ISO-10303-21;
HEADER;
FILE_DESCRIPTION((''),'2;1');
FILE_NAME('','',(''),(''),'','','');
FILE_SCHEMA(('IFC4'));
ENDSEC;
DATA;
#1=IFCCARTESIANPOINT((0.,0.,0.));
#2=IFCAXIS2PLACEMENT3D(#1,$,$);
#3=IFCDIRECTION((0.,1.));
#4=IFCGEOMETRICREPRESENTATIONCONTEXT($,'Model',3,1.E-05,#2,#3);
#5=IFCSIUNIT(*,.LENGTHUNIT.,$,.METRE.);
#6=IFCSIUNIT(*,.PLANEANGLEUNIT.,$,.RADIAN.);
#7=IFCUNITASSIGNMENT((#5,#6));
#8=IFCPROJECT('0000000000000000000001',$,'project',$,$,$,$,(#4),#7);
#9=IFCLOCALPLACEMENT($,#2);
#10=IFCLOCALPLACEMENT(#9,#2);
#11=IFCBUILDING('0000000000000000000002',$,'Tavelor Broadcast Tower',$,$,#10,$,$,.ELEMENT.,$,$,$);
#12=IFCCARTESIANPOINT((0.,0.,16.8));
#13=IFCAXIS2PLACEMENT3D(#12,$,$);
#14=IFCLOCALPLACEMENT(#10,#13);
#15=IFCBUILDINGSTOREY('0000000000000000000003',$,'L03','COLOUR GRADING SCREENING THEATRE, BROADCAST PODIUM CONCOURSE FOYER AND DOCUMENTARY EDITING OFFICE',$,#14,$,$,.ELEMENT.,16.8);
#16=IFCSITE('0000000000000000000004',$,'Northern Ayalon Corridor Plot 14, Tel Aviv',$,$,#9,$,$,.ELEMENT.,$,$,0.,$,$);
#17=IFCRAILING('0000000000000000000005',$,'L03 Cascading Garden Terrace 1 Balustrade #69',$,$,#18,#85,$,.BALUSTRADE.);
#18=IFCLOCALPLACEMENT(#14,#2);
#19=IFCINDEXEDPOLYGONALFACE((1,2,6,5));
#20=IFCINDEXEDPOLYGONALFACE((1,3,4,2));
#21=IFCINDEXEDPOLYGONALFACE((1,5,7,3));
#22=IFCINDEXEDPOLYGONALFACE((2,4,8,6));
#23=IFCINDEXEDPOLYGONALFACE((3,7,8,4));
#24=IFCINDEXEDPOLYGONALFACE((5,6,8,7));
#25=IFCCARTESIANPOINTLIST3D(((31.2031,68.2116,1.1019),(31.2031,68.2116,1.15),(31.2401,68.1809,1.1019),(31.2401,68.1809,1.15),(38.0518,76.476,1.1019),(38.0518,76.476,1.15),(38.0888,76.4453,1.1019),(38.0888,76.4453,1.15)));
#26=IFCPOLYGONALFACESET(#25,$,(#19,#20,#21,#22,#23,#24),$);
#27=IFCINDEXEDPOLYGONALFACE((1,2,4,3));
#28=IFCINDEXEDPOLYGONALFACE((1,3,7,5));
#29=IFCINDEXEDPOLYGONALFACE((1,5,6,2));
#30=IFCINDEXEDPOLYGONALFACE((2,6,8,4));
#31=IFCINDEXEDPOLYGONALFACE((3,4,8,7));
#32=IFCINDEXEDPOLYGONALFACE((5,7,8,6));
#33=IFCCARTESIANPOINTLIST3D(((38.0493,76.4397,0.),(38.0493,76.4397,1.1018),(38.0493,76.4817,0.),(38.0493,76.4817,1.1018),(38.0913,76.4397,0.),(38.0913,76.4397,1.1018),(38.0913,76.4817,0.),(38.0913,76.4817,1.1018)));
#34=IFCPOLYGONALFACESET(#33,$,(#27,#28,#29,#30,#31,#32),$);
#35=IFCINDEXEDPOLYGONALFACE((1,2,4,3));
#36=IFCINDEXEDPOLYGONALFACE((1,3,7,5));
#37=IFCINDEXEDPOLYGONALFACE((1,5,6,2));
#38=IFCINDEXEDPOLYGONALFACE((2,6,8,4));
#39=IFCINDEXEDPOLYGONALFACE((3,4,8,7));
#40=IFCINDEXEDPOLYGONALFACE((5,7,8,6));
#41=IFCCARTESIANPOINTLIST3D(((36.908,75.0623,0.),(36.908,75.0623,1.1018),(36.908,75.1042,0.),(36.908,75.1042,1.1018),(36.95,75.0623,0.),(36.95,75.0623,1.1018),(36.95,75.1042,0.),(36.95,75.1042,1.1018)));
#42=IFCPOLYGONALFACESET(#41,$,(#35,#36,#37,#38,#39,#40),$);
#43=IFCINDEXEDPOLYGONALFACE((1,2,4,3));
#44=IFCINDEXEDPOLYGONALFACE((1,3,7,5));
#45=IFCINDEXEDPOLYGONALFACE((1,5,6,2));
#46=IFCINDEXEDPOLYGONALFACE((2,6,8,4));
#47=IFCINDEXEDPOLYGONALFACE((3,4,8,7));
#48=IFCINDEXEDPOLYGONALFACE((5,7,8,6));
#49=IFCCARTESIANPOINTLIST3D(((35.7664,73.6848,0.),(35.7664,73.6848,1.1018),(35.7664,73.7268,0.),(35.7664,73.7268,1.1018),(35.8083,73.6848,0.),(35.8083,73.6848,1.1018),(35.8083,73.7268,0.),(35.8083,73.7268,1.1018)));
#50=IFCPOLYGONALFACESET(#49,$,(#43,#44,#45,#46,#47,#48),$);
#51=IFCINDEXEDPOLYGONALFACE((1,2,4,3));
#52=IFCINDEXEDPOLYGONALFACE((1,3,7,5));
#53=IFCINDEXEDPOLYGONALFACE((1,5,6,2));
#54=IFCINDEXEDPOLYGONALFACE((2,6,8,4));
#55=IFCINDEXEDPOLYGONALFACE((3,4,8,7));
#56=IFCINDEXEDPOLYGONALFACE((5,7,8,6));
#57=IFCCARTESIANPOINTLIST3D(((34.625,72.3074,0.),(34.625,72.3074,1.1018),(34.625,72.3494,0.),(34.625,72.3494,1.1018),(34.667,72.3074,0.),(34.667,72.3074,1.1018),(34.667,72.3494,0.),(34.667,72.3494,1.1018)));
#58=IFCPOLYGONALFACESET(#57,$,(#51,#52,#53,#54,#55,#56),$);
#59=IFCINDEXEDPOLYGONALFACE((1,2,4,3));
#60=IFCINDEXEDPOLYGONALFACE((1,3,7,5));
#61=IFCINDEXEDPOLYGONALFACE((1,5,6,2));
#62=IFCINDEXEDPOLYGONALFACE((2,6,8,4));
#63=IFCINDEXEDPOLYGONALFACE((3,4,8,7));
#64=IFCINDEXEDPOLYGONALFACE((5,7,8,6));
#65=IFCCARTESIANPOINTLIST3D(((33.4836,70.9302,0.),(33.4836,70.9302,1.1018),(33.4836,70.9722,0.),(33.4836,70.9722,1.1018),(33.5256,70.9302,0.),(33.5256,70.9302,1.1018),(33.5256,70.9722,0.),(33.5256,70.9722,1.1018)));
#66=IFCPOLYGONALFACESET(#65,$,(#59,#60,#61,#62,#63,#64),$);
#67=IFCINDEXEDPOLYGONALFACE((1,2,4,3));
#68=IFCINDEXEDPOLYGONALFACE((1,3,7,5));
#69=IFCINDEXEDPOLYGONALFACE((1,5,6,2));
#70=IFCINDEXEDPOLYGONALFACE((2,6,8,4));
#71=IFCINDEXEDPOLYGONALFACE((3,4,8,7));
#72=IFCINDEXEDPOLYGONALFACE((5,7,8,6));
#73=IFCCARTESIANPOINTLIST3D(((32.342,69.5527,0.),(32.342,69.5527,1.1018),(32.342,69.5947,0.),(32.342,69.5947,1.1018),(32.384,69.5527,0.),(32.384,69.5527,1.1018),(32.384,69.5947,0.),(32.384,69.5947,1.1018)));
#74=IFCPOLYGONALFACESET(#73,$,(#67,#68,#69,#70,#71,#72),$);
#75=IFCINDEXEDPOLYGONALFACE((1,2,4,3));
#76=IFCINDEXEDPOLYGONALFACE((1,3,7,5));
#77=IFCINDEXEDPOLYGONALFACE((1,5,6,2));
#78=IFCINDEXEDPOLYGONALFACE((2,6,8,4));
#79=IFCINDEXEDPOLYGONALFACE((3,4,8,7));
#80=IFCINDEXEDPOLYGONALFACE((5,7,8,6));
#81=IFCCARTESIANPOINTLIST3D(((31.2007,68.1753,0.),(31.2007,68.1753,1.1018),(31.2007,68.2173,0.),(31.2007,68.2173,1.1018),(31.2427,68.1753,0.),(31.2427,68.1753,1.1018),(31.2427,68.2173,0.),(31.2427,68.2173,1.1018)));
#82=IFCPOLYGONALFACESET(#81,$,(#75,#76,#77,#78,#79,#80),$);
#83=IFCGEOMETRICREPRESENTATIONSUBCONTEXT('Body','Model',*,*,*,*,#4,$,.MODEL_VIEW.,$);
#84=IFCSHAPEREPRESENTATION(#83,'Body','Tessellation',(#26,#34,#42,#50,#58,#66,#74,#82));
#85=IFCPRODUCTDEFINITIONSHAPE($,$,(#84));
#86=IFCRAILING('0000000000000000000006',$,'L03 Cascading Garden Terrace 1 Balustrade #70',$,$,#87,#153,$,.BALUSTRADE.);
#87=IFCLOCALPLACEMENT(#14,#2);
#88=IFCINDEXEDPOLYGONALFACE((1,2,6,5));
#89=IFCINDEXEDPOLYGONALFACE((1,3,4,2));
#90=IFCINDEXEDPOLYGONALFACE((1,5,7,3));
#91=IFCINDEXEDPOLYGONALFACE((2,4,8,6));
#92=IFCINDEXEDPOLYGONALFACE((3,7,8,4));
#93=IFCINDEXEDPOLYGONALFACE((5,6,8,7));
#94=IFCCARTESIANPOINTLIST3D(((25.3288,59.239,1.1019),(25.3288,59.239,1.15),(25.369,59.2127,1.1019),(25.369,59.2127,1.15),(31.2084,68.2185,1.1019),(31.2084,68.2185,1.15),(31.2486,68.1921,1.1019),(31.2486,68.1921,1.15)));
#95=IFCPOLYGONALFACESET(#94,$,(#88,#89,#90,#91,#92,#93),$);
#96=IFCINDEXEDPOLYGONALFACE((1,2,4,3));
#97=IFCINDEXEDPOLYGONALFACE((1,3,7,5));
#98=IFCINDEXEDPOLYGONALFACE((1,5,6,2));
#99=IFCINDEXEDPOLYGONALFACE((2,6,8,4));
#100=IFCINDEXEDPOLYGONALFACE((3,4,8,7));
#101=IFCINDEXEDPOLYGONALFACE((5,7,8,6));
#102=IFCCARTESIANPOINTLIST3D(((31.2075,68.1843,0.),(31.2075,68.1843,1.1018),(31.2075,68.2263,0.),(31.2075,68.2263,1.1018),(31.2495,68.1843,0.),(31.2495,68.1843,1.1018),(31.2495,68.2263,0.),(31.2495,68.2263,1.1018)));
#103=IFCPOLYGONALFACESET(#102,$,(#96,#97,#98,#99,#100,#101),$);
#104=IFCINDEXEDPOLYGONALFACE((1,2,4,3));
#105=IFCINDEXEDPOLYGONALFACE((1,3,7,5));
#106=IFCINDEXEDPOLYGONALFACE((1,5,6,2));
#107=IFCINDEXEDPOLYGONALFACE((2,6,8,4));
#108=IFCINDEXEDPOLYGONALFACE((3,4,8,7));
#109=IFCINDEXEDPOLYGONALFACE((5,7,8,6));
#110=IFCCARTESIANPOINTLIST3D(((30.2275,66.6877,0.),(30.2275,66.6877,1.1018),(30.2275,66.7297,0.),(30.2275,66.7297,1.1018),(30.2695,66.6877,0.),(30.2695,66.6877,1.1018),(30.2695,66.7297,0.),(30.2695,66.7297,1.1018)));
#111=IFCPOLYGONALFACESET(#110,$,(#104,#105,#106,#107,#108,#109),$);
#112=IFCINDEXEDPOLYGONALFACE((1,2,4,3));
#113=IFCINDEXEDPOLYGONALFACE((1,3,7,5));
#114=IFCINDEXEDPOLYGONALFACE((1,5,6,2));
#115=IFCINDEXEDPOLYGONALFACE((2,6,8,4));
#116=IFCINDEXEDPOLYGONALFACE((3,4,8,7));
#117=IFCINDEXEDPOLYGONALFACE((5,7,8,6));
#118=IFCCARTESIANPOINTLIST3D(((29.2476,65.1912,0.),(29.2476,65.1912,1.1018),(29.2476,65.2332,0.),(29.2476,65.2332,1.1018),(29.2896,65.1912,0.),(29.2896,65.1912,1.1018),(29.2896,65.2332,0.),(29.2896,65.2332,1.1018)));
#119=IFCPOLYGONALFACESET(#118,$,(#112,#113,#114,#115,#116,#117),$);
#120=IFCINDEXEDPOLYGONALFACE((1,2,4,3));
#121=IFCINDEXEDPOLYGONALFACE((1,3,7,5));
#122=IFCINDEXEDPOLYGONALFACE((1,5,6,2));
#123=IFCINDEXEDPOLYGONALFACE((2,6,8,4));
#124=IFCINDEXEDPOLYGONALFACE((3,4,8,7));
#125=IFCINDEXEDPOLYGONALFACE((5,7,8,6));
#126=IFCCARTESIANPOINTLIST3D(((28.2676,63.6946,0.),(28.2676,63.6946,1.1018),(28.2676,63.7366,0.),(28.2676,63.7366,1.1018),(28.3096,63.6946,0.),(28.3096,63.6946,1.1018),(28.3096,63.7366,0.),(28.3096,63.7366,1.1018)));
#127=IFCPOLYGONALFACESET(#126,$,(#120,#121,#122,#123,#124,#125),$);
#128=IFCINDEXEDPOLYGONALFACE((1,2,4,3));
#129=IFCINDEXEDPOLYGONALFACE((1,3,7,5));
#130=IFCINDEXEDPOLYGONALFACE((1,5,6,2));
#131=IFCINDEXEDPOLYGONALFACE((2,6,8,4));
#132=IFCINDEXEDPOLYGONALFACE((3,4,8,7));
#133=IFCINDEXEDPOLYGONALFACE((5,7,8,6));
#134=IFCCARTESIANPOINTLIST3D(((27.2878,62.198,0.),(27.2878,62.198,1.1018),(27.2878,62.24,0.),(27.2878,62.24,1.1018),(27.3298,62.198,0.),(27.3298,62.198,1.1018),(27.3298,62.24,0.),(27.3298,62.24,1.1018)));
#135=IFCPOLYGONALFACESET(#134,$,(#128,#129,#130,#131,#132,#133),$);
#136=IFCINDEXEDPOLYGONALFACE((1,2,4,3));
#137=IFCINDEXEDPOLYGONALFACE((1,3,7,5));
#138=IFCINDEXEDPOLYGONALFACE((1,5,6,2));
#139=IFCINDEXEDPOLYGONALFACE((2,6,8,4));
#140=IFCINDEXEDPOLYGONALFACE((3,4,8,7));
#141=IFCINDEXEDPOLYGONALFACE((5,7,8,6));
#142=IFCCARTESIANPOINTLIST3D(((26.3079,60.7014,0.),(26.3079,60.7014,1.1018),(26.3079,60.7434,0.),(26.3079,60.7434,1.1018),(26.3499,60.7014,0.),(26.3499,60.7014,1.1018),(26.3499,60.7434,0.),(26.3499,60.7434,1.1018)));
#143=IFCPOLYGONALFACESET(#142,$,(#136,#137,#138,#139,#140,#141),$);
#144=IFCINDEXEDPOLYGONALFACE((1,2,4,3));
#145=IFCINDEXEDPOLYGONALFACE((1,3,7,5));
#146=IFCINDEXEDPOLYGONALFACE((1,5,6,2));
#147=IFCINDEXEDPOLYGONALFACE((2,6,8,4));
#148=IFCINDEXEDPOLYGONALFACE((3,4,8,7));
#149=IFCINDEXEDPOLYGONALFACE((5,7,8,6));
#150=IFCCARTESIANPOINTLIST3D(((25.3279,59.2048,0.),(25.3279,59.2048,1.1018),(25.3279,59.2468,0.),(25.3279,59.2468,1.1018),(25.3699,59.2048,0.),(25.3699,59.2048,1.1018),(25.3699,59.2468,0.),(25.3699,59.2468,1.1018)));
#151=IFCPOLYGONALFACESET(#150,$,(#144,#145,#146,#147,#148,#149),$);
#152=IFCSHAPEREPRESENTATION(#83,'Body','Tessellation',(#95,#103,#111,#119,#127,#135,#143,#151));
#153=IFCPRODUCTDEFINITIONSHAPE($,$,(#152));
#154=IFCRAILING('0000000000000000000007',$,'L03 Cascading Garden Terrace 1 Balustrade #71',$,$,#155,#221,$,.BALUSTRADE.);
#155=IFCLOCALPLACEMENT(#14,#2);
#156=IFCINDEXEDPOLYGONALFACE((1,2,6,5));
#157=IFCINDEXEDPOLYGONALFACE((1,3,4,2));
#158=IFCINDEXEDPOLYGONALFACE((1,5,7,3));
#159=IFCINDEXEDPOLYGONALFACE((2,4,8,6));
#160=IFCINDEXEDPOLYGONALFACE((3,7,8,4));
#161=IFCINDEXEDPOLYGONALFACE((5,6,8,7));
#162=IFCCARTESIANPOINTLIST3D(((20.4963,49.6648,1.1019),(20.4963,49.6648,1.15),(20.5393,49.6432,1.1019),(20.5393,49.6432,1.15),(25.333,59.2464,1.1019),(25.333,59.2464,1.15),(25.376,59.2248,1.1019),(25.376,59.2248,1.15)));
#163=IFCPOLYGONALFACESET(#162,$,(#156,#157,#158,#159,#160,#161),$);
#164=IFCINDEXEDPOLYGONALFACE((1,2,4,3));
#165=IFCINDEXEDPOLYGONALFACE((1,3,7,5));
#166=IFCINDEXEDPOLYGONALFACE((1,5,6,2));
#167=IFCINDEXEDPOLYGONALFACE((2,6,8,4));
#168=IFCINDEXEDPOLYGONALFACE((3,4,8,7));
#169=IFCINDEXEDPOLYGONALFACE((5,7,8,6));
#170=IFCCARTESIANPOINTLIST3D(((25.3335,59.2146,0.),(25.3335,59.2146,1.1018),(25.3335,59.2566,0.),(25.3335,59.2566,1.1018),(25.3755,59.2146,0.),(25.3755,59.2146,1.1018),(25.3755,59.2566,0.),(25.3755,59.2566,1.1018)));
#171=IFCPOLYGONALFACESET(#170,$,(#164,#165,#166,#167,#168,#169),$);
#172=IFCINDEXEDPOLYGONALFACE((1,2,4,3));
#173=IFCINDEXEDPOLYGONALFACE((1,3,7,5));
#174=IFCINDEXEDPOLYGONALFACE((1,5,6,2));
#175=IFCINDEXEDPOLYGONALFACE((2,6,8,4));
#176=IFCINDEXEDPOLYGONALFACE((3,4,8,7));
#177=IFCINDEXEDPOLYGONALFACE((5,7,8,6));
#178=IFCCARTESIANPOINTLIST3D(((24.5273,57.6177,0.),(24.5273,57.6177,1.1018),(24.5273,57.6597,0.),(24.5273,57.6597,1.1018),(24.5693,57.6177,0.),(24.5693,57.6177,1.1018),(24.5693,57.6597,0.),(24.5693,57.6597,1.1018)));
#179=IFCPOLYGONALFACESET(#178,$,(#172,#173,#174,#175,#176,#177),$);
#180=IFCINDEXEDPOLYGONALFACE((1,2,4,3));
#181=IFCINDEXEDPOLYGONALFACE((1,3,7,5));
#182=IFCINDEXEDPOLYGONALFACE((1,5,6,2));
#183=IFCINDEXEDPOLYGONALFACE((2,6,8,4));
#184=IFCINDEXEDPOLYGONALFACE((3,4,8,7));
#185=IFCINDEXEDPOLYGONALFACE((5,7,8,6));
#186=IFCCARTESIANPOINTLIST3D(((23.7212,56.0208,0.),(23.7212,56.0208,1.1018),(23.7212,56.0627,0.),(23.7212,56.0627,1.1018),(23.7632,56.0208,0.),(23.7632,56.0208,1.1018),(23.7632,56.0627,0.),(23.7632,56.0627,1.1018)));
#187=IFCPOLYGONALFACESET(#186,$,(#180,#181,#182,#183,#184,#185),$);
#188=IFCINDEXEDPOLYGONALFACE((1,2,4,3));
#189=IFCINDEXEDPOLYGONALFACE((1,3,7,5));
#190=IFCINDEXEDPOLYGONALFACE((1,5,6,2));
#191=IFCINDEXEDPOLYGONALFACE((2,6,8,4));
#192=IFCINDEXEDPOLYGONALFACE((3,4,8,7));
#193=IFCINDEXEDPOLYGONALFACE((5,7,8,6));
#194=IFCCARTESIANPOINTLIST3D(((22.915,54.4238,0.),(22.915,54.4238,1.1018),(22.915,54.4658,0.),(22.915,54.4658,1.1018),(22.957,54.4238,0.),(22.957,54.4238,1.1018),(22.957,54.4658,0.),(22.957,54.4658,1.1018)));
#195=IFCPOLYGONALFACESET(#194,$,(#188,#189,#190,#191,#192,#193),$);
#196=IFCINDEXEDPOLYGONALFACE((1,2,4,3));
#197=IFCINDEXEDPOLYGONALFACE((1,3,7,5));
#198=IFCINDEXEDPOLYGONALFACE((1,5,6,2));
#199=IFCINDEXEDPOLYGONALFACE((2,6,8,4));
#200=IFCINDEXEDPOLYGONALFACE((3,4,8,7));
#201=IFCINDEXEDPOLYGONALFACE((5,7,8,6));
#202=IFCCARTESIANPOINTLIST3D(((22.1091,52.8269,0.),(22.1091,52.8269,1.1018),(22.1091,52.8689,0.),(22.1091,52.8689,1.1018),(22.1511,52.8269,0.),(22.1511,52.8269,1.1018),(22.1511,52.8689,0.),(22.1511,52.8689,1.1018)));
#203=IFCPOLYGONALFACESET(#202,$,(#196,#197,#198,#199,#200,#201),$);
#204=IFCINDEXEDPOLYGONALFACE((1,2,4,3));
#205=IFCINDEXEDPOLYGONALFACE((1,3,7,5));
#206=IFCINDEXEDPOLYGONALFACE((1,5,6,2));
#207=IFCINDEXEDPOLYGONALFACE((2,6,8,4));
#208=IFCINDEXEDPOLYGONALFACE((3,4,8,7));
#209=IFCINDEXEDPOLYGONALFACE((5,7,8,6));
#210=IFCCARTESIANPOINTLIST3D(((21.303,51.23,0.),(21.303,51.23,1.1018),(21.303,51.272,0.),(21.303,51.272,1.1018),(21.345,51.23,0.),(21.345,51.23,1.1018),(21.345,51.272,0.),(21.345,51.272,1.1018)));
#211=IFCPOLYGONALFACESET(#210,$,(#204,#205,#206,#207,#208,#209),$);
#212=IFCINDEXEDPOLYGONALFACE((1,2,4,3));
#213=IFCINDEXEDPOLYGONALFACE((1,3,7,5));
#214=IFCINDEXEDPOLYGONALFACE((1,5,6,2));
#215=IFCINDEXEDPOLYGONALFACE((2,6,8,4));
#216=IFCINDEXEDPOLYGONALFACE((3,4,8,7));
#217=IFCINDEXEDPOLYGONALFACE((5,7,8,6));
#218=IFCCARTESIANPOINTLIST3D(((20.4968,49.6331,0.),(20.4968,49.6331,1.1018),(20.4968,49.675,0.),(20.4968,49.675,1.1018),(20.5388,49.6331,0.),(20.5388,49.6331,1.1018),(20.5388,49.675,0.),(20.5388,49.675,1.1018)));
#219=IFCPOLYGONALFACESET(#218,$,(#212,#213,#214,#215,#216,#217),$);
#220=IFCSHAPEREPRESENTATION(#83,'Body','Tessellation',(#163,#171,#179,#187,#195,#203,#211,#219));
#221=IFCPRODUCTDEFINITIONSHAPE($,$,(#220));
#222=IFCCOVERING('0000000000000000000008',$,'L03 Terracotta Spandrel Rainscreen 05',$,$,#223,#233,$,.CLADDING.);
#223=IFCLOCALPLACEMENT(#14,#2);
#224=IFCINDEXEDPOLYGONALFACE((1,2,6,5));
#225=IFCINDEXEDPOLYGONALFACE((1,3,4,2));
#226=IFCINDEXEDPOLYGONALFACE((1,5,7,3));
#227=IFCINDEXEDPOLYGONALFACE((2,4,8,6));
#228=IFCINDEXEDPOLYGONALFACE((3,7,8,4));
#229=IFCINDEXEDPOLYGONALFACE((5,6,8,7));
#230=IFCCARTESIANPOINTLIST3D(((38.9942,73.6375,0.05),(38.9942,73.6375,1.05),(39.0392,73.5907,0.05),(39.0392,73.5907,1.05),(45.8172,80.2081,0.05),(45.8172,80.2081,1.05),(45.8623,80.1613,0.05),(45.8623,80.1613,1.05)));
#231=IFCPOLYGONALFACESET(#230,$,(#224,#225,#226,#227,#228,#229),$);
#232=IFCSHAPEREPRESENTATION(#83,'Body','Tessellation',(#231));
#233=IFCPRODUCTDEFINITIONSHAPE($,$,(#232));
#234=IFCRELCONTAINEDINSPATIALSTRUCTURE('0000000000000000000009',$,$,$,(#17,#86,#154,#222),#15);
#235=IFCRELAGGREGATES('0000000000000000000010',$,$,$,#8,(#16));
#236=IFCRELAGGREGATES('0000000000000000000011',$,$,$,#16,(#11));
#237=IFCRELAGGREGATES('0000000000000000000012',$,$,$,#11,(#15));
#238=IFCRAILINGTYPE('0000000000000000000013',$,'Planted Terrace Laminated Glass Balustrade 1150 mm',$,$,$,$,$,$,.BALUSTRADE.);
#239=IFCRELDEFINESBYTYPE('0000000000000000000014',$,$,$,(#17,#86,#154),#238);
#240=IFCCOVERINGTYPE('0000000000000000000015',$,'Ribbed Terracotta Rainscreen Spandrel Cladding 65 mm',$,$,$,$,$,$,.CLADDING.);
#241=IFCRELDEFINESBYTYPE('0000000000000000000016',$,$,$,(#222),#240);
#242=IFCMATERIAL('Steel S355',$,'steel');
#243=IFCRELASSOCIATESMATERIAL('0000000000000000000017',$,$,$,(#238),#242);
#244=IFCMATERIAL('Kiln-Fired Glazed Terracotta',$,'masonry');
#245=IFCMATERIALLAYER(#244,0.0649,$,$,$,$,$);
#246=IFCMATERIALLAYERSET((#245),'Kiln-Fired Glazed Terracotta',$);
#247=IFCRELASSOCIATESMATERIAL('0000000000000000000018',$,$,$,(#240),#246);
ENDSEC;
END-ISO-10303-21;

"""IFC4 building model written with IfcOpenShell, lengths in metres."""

from ifc_helpers import new_model, si_unit, direction, frame, origin, origin_2d, place, context, subcontext, project, spatial, rectangle, extrude, material, layer, layer_set, type_object, element, save


model = new_model("IFC4")

# Units and contexts
model_context = context("Model", 3, precision=1e-05, world=origin(), true_north=direction((0.0, 1.0)))
body_context = subcontext(model_context, "Body", "Model", "MODEL_VIEW")
ifc_project = project(units=[si_unit("LENGTHUNIT", "METRE"), si_unit("PLANEANGLEUNIT", "RADIAN")], contexts=[model_context])

# Site, building, storey
site_placement = place(None, origin())
site = spatial("IfcSite", under=ifc_project, at=site_placement, Name="Northern Ayalon Corridor Plot 14, Tel Aviv", CompositionType="ELEMENT", RefElevation=0.0)
building_placement = place(site_placement, origin())
building = spatial("IfcBuilding", under=site, at=building_placement, Name="Tavelor Broadcast Tower", CompositionType="ELEMENT")
storey_placement = place(building_placement, frame((0.0, 0.0, 16.8)))
storey = spatial("IfcBuildingStorey", under=building, at=storey_placement, Name="L03", Description="COLOUR GRADING SCREENING THEATRE, BROADCAST PODIUM CONCOURSE FOYER AND DOCUMENTARY EDITING OFFICE", CompositionType="ELEMENT", Elevation=16.8)

# Shared definitions
ifc_material_1 = material(Name="Steel S355", Category="steel")

# Railings
railing_type = type_object("IfcRailingType", Name="Planted Terrace Laminated Glass Balustrade 1150 mm", PredefinedType="BALUSTRADE", material=ifc_material_1)
railing_1_placement = place(storey_placement, frame((38.0703, 76.4607, 0.0)))
element("IfcRailing", 1, at=railing_1_placement, inside=storey, type_object=railing_type, Name="L03 Cascading Garden Terrace 1 Balustrade #69", PredefinedType="BALUSTRADE", context=body_context, shape_type="SweptSolid", body=[
    extrude(rectangle(XDim=0.0481, YDim=0.0481, at=origin_2d()), frame((0.0, 0.0, 1.126), z_axis=(-0.638072, -0.769977, 0.0), x_axis=(0.769977, -0.638072, 0.0)), (0.0, 0.0, 1.0), 10.7334),
    extrude(rectangle(XDim=0.042, YDim=0.042, at=origin_2d()), origin(), (0.0, 0.0, 1.0), 1.1018),
    extrude(rectangle(XDim=0.042, YDim=0.042, at=origin_2d()), frame((-1.1414, -1.3774, 0.0)), (0.0, 0.0, 1.0), 1.1018),
    extrude(rectangle(XDim=0.042, YDim=0.042, at=origin_2d()), frame((-2.283, -2.7549, 0.0)), (0.0, 0.0, 1.0), 1.1018),
    extrude(rectangle(XDim=0.042, YDim=0.042, at=origin_2d()), frame((-3.4243, -4.1323, 0.0)), (0.0, 0.0, 1.0), 1.1018),
    extrude(rectangle(XDim=0.042, YDim=0.042, at=origin_2d()), frame((-4.5657, -5.5095, 0.0)), (0.0, 0.0, 1.0), 1.1018),
    extrude(rectangle(XDim=0.042, YDim=0.042, at=origin_2d()), frame((-5.7073, -6.887, 0.0)), (0.0, 0.0, 1.0), 1.1018),
    extrude(rectangle(XDim=0.042, YDim=0.042, at=origin_2d()), frame((-6.8486, -8.2644, 0.0)), (0.0, 0.0, 1.0), 1.1018),
])
railing_2_placement = place(storey_placement, frame((31.2285, 68.2053, 0.0)))
element("IfcRailing", 2, at=railing_2_placement, inside=storey, type_object=railing_type, Name="L03 Cascading Garden Terrace 1 Balustrade #70", PredefinedType="BALUSTRADE", context=body_context, shape_type="SweptSolid", body=[
    extrude(rectangle(XDim=0.0481, YDim=0.0481, at=origin_2d()), frame((0.0, 0.0, 1.126), z_axis=(-0.5478, -0.83661, 0.0), x_axis=(0.83661, -0.5478, 0.0)), (0.0, 0.0, 1.0), 10.7332),
    extrude(rectangle(XDim=0.042, YDim=0.042, at=origin_2d()), origin(), (0.0, 0.0, 1.0), 1.1018),
    extrude(rectangle(XDim=0.042, YDim=0.042, at=origin_2d()), frame((-0.98, -1.4966, 0.0)), (0.0, 0.0, 1.0), 1.1018),
    extrude(rectangle(XDim=0.042, YDim=0.042, at=origin_2d()), frame((-1.96, -2.9932, 0.0)), (0.0, 0.0, 1.0), 1.1018),
    extrude(rectangle(XDim=0.042, YDim=0.042, at=origin_2d()), frame((-2.9399, -4.4897, 0.0)), (0.0, 0.0, 1.0), 1.1018),
    extrude(rectangle(XDim=0.042, YDim=0.042, at=origin_2d()), frame((-3.9197, -5.9863, 0.0)), (0.0, 0.0, 1.0), 1.1018),
    extrude(rectangle(XDim=0.042, YDim=0.042, at=origin_2d()), frame((-4.8997, -7.4829, 0.0)), (0.0, 0.0, 1.0), 1.1018),
    extrude(rectangle(XDim=0.042, YDim=0.042, at=origin_2d()), frame((-5.8796, -8.9795, 0.0)), (0.0, 0.0, 1.0), 1.1018),
])
railing_3_placement = place(storey_placement, frame((25.3545, 59.2356, 0.0)))
element("IfcRailing", 3, at=railing_3_placement, inside=storey, type_object=railing_type, Name="L03 Cascading Garden Terrace 1 Balustrade #71", PredefinedType="BALUSTRADE", context=body_context, shape_type="SweptSolid", body=[
    extrude(rectangle(XDim=0.0481, YDim=0.0481, at=origin_2d()), frame((0.0, 0.0, 1.126), z_axis=(-0.450631, -0.89271, 0.0), x_axis=(0.89271, -0.450631, 0.0)), (0.0, 0.0, 1.0), 10.7332),
    extrude(rectangle(XDim=0.042, YDim=0.042, at=origin_2d()), origin(), (0.0, 0.0, 1.0), 1.1018),
    extrude(rectangle(XDim=0.042, YDim=0.042, at=origin_2d()), frame((-0.8062, -1.5969, 0.0)), (0.0, 0.0, 1.0), 1.1018),
    extrude(rectangle(XDim=0.042, YDim=0.042, at=origin_2d()), frame((-1.6123, -3.1938, 0.0)), (0.0, 0.0, 1.0), 1.1018),
    extrude(rectangle(XDim=0.042, YDim=0.042, at=origin_2d()), frame((-2.4185, -4.7908, 0.0)), (0.0, 0.0, 1.0), 1.1018),
    extrude(rectangle(XDim=0.042, YDim=0.042, at=origin_2d()), frame((-3.2244, -6.3877, 0.0)), (0.0, 0.0, 1.0), 1.1018),
    extrude(rectangle(XDim=0.042, YDim=0.042, at=origin_2d()), frame((-4.0305, -7.9846, 0.0)), (0.0, 0.0, 1.0), 1.1018),
    extrude(rectangle(XDim=0.042, YDim=0.042, at=origin_2d()), frame((-4.8367, -9.5815, 0.0)), (0.0, 0.0, 1.0), 1.1018),
])

# Covering
ifc_material_2 = material(Name="Kiln-Fired Glazed Terracotta", Category="masonry")
ifc_layer_1 = layer(ifc_material_2, 0.0649)
ifc_layer_set_1 = layer_set([ifc_layer_1], Name="Kiln-Fired Glazed Terracotta")
covering_type = type_object("IfcCoveringType", Name="Ribbed Terracotta Rainscreen Spandrel Cladding 65 mm", PredefinedType="CLADDING", material=ifc_layer_set_1)
for number, where, z_axis, x_axis, name in (
    (4, (42.4282, 76.8994, 0.05), (0.0, 0.0, 1.0), (-0.720309, -0.693653, 0.0), "L03 Terracotta Spandrel Rainscreen 05"),
):
    element("IfcCovering", number, at=place(storey_placement, frame(where, z_axis=z_axis, x_axis=x_axis)), inside=storey, type_object=covering_type, Name=name, PredefinedType="CLADDING", context=body_context, shape_type="SweptSolid", body=[
        extrude(rectangle(XDim=9.4724, YDim=0.0649, at=origin_2d()), origin(), (0.0, 0.0, 1.0), 1.0),
    ])

save(model, "model.ifc")
